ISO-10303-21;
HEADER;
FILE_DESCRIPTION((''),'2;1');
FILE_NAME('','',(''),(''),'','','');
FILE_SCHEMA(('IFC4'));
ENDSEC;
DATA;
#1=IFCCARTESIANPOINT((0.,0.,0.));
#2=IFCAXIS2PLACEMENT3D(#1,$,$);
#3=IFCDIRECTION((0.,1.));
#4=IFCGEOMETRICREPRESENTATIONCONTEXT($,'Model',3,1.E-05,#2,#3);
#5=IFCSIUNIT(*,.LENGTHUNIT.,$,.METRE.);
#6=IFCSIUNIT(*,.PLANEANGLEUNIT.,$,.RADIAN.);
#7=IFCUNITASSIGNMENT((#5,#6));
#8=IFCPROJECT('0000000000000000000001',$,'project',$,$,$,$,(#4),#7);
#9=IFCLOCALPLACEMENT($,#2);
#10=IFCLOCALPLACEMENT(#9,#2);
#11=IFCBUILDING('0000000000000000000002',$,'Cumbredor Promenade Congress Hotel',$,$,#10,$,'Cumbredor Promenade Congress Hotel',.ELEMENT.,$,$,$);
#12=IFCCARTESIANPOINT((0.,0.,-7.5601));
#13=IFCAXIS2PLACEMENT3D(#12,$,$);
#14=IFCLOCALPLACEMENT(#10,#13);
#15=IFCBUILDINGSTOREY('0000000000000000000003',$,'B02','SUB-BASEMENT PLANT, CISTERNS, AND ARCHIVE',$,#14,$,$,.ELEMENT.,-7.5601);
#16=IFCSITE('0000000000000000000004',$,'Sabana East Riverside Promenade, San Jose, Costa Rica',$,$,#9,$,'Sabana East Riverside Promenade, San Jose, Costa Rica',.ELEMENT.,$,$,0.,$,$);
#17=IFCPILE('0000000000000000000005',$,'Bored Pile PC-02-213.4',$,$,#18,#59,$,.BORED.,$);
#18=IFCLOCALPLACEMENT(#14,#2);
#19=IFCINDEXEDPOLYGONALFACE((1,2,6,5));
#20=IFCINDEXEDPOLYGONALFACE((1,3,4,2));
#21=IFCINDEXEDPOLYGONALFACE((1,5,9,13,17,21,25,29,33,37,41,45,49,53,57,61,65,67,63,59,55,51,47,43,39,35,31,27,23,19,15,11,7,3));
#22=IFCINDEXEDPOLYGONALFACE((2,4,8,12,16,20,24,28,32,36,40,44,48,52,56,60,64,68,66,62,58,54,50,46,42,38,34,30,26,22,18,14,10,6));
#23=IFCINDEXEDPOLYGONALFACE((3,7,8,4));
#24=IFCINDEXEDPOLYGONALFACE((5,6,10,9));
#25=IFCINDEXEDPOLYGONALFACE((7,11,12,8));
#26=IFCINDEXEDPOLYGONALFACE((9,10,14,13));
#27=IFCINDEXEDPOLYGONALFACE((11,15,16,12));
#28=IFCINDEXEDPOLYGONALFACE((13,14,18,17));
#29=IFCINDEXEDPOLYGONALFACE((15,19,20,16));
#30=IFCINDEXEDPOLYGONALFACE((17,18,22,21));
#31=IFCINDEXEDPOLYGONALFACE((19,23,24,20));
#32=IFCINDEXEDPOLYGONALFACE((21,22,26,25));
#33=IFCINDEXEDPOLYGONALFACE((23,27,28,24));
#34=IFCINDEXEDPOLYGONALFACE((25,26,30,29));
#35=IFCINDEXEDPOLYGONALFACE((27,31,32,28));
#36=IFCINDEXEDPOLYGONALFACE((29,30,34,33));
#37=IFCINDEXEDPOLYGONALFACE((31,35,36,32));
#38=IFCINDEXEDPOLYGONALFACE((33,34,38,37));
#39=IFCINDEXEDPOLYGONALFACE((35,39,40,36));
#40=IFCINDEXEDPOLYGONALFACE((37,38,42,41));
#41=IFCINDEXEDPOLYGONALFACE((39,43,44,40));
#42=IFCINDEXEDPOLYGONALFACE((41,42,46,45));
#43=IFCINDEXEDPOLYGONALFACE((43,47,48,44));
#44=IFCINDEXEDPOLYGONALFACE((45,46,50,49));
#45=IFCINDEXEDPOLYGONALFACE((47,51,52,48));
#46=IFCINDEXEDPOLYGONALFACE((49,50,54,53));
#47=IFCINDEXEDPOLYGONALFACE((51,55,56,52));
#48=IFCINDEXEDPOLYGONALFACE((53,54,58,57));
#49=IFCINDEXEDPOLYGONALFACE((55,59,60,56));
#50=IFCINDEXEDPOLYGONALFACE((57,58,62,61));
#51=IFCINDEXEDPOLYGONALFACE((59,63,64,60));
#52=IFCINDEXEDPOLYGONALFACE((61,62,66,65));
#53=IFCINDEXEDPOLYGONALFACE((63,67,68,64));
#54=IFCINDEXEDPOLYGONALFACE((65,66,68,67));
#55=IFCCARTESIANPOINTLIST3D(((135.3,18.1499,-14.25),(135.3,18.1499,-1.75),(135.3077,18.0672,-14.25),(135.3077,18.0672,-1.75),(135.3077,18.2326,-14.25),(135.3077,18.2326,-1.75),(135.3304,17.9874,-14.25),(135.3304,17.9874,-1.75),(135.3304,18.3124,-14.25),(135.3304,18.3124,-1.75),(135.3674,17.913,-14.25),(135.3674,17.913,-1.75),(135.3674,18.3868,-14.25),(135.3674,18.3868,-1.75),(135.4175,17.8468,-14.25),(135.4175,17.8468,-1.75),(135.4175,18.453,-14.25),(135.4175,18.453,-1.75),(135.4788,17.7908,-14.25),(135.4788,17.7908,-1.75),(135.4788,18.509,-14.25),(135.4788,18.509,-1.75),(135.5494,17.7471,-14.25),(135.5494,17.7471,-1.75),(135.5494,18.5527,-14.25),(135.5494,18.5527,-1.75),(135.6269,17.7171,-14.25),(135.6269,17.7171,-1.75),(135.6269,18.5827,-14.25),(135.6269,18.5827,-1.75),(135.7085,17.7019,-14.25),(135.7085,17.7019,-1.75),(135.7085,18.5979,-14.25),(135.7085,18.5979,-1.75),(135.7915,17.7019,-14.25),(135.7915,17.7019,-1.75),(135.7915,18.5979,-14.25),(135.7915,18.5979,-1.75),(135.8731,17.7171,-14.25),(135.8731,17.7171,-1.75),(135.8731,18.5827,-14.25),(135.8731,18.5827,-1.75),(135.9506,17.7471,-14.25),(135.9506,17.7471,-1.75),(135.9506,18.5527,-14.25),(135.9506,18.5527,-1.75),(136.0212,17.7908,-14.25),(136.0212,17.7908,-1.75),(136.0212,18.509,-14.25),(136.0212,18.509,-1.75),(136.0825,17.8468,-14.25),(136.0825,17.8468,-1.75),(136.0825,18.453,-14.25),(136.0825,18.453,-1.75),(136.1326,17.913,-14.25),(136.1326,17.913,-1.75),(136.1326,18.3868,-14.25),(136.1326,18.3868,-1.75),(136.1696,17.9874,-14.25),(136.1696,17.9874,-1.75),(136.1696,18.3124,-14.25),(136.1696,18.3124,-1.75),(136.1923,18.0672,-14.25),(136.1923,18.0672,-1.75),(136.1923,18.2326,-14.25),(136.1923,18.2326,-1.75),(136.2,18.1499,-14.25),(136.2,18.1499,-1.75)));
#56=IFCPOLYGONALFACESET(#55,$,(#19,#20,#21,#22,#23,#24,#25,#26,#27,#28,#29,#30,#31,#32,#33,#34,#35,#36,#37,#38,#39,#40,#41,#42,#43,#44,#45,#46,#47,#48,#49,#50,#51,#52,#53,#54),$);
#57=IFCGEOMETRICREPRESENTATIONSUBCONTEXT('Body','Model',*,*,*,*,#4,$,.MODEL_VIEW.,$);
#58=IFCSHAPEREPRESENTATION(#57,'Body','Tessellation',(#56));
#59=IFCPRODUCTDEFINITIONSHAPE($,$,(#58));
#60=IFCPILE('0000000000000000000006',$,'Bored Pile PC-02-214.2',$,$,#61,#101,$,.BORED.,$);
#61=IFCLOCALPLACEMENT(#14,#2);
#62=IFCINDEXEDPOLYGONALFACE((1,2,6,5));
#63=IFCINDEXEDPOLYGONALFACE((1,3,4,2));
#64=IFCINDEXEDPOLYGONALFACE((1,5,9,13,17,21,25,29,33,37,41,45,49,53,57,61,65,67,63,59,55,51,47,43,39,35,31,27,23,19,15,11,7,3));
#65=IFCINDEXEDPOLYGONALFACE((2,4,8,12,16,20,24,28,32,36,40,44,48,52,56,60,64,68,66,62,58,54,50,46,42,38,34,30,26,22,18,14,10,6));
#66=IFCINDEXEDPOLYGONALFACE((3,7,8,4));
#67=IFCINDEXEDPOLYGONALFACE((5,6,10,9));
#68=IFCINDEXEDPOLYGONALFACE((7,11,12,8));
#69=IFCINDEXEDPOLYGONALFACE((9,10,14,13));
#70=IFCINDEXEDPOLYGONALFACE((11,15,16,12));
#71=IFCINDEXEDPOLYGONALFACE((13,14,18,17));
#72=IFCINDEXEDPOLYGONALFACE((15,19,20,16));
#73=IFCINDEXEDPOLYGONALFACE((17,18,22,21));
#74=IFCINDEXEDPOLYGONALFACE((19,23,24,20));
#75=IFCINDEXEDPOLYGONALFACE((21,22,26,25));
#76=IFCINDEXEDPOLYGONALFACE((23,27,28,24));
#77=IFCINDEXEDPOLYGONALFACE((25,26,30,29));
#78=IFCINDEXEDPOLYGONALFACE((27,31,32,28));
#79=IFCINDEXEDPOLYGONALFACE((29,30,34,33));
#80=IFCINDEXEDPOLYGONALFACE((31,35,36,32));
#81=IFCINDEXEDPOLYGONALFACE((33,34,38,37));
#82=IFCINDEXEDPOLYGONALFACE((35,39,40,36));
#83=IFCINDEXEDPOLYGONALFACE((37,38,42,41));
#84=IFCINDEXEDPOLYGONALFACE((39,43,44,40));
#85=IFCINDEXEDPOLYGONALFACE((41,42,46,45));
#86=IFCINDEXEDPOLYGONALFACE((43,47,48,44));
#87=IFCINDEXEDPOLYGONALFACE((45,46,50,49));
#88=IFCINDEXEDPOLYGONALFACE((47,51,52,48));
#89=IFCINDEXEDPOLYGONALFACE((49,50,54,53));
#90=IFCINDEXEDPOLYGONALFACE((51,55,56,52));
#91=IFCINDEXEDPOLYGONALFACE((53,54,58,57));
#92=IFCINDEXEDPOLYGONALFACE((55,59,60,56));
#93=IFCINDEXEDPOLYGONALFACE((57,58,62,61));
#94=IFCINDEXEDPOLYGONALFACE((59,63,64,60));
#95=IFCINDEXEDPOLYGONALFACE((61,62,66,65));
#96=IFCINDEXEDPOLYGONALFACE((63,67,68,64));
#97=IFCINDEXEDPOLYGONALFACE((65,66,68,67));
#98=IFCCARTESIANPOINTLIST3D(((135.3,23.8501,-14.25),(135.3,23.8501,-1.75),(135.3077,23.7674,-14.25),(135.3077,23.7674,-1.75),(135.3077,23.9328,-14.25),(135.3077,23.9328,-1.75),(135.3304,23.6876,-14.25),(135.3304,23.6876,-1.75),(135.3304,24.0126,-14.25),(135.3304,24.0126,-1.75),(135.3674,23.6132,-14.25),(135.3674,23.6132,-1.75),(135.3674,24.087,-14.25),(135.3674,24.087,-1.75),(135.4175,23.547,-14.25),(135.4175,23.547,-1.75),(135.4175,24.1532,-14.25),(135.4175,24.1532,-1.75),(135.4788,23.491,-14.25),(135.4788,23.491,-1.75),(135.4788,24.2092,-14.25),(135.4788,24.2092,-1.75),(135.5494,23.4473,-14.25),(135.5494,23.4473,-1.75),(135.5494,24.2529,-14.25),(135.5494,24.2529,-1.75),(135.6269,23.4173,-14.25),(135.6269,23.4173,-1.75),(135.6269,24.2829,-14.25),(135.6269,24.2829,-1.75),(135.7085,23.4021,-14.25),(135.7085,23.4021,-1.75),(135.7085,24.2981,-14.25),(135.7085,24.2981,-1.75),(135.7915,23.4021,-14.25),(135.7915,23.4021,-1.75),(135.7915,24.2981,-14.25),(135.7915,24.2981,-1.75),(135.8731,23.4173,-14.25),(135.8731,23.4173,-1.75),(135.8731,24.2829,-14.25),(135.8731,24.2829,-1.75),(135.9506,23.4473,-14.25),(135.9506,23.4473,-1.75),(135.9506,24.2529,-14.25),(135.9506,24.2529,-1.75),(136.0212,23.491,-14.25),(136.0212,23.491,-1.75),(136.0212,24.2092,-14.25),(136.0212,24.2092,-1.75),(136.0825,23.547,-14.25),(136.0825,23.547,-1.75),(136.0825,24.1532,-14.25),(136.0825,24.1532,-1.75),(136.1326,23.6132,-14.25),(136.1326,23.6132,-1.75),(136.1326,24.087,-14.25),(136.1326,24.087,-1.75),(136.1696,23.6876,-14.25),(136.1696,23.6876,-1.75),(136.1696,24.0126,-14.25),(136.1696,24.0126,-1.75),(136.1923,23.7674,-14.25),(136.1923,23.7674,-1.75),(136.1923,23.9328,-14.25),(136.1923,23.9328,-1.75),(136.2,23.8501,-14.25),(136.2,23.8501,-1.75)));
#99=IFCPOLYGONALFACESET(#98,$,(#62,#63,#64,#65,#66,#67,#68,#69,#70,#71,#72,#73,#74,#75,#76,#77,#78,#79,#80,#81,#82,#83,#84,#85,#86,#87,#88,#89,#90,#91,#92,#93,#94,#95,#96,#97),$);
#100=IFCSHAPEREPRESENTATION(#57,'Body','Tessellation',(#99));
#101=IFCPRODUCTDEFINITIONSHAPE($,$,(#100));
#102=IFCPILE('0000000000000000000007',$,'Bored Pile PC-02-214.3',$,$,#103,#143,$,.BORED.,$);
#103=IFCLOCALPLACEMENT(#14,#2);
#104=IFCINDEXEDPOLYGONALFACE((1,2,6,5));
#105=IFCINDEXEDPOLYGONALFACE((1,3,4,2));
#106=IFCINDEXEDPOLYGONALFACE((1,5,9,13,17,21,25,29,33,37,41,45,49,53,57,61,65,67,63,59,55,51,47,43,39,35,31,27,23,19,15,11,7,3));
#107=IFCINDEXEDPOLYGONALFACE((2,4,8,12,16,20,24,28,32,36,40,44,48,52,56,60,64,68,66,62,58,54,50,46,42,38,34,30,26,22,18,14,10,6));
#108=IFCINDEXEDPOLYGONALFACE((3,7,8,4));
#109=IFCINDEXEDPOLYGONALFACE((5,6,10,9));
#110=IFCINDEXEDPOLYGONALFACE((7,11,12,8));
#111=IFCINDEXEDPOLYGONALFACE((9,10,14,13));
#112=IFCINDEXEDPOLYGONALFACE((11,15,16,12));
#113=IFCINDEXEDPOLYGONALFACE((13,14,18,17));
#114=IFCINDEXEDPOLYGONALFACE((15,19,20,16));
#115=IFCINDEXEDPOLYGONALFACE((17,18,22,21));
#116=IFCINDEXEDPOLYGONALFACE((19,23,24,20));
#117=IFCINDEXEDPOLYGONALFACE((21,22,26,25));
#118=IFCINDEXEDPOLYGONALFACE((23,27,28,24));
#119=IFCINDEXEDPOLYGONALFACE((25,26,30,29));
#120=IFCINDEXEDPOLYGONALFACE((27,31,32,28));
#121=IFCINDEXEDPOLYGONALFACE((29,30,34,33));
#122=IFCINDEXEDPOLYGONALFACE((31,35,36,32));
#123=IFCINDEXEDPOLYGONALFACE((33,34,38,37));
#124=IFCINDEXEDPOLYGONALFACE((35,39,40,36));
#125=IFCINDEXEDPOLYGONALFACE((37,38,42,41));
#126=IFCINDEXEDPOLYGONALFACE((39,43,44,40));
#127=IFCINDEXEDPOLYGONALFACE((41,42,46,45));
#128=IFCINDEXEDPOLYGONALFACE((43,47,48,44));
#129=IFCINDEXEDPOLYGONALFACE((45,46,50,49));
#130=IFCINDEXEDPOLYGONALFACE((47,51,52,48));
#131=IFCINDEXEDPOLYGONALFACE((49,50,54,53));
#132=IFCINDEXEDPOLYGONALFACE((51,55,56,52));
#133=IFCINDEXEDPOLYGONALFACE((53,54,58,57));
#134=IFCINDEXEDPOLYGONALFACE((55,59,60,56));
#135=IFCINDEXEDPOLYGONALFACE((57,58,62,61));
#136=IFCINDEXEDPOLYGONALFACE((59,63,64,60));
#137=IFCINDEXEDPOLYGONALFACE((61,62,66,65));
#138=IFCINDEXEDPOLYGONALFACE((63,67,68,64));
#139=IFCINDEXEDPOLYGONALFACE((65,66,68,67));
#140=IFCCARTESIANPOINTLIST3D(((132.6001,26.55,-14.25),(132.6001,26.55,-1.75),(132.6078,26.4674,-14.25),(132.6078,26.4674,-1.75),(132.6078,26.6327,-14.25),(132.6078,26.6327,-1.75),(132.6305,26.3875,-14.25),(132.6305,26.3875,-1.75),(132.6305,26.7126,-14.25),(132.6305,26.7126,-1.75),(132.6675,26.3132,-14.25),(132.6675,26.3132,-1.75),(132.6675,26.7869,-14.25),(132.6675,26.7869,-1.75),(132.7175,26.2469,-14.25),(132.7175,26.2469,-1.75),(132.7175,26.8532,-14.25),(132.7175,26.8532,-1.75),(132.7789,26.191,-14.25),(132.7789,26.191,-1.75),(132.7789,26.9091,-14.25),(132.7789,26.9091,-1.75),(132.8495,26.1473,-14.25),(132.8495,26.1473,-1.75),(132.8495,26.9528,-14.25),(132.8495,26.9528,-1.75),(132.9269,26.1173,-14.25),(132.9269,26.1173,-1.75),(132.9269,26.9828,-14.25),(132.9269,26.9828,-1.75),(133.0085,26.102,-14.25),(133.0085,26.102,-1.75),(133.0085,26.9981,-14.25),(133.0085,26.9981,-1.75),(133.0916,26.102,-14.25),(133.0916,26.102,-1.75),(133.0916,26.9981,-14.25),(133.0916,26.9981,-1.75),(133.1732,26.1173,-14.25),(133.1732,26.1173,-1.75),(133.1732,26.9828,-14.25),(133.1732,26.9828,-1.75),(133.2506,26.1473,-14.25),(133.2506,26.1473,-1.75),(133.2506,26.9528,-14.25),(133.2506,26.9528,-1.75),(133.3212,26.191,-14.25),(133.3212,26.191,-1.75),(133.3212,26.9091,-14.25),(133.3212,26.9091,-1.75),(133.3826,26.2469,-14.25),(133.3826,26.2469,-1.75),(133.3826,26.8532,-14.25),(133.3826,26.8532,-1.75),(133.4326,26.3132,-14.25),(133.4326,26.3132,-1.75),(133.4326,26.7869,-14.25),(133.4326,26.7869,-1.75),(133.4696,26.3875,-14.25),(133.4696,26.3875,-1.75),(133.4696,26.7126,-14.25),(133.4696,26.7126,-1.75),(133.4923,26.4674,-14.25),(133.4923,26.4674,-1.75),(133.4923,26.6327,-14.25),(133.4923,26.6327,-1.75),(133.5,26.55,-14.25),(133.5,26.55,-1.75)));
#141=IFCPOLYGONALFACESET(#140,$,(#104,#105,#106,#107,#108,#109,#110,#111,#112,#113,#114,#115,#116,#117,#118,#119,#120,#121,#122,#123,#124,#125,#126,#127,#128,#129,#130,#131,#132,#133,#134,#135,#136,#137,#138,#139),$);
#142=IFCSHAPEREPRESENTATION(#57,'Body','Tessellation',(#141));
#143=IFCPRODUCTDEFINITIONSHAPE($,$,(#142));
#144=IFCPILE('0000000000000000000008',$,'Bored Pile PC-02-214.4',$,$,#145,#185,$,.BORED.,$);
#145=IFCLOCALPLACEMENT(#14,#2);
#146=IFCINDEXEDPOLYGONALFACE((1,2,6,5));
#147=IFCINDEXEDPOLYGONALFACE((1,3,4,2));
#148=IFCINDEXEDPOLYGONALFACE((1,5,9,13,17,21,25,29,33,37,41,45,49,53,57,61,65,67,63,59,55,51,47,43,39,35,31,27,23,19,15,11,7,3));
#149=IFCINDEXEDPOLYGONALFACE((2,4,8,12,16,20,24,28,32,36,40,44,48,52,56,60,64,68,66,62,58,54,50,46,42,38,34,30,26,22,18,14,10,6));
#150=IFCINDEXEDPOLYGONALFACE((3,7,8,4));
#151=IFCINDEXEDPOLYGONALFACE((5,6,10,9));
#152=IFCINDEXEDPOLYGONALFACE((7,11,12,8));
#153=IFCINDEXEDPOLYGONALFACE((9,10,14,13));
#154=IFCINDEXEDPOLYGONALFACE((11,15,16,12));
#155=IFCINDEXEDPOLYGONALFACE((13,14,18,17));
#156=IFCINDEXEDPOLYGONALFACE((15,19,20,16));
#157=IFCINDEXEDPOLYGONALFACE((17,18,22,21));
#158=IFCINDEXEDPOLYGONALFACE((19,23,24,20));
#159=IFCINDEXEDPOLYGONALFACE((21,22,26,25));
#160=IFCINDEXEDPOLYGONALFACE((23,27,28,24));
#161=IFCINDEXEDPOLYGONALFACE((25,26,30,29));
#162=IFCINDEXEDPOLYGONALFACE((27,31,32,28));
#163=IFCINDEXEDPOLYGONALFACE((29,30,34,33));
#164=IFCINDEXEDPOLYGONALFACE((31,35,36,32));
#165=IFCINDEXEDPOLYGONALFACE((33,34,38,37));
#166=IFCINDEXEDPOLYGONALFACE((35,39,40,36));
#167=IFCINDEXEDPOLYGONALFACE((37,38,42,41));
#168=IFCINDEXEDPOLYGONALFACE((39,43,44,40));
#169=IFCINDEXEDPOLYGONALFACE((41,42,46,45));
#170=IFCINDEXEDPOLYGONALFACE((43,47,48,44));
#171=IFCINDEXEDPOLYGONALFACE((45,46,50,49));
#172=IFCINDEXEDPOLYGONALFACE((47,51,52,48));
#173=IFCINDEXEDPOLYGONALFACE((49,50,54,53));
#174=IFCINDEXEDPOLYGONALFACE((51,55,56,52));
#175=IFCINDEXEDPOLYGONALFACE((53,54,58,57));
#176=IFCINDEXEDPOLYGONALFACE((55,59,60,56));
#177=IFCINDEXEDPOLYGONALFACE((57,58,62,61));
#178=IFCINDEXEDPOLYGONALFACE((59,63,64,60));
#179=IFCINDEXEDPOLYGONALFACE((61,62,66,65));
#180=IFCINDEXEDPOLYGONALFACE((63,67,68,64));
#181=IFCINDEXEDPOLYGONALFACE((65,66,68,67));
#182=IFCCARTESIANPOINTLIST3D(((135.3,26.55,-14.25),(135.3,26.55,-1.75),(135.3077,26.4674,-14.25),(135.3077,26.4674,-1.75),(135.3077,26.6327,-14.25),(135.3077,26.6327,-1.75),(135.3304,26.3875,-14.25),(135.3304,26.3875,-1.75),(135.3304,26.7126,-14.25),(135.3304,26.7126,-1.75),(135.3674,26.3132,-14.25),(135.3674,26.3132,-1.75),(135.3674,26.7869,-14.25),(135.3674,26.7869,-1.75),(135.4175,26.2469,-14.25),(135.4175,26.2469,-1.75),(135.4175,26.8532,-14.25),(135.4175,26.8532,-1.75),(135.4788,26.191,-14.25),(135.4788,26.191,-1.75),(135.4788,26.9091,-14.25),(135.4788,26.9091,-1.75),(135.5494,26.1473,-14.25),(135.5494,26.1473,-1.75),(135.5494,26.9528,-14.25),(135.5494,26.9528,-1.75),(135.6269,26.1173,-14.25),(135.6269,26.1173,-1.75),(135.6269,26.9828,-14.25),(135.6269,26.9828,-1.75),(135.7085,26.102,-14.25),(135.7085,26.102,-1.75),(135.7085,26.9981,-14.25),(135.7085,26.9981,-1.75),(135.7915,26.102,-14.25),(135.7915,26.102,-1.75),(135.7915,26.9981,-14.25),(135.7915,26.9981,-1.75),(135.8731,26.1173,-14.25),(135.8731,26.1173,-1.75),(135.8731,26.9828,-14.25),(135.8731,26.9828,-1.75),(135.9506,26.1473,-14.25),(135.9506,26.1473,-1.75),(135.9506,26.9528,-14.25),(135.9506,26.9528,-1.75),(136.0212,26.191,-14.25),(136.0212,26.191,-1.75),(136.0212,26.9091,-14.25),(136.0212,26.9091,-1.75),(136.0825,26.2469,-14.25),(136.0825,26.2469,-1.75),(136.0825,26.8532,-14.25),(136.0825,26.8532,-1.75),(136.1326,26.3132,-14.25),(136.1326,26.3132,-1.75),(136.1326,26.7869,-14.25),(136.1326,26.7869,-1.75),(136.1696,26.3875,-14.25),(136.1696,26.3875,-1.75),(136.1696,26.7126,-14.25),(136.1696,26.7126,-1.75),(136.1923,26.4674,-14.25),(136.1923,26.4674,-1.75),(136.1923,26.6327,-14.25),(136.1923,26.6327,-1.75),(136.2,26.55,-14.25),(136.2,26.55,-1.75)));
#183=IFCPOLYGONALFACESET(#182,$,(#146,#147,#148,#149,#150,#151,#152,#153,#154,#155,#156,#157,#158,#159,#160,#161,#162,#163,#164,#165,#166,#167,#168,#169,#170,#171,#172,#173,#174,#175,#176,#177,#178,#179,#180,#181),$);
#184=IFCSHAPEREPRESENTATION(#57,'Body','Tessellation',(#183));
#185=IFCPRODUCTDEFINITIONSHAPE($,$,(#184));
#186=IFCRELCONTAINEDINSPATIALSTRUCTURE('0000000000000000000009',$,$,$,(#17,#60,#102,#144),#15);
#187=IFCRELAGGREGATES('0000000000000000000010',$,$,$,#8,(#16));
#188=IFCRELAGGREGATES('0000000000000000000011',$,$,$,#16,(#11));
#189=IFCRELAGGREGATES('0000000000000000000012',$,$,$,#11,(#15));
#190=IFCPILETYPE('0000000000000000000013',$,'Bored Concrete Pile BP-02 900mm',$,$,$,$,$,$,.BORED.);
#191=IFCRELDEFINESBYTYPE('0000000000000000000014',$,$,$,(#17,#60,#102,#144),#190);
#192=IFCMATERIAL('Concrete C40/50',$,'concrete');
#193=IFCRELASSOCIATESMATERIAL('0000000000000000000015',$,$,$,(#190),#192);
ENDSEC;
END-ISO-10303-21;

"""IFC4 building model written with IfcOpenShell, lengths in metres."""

from ifc_helpers import new_model, si_unit, direction, frame, origin, origin_2d, place, context, subcontext, project, spatial, circle, extrude, material, material_profile, profile_set, type_object, element, save


model = new_model("IFC4")

# Units and contexts
model_context = context("Model", 3, precision=1e-05, world=origin(), true_north=direction((0.0, 1.0)))
body_context = subcontext(model_context, "Body", "Model", "MODEL_VIEW")
ifc_project = project(units=[si_unit("LENGTHUNIT", "METRE"), si_unit("PLANEANGLEUNIT", "RADIAN")], contexts=[model_context])

# Site, building, storey
site_placement = place(None, origin())
site = spatial("IfcSite", under=ifc_project, at=site_placement, Name="Sabana East Riverside Promenade, San Jose, Costa Rica", LongName="Sabana East Riverside Promenade, San Jose, Costa Rica", CompositionType="ELEMENT", RefElevation=0.0)
building_placement = place(site_placement, origin())
building = spatial("IfcBuilding", under=site, at=building_placement, Name="Cumbredor Promenade Congress Hotel", LongName="Cumbredor Promenade Congress Hotel", CompositionType="ELEMENT")
storey_placement = place(building_placement, frame((0.0, 0.0, -7.5601)))
storey = spatial("IfcBuildingStorey", under=building, at=storey_placement, Name="B02", Description="SUB-BASEMENT PLANT, CISTERNS, AND ARCHIVE", CompositionType="ELEMENT", Elevation=-7.5601)

# Piles
ifc_material_1 = material(Name="Concrete C40/50", Category="concrete")
ifc_material_profile_1 = material_profile(ifc_material_1, circle(Radius=0.45, at=origin_2d()), Name="PILE D900")
ifc_profile_set_1 = profile_set([ifc_material_profile_1], Name="Concrete C40/50")
pile_type = type_object("IfcPileType", Name="Bored Concrete Pile BP-02 900mm", PredefinedType="BORED", material=ifc_profile_set_1)
for number, where, z_axis, x_axis, name in (
    (1, (135.75, 18.1499, -1.75), (0.0, 0.0, -1.0), (1.0, 0.0, 0.0), "Bored Pile PC-02-213.4"),
    (2, (135.75, 23.8501, -1.75), (0.0, 0.0, -1.0), (1.0, 0.0, 0.0), "Bored Pile PC-02-214.2"),
    (3, (133.05, 26.55, -1.75), (0.0, 0.0, -1.0), (1.0, 0.0, 0.0), "Bored Pile PC-02-214.3"),
    (4, (135.75, 26.55, -1.75), (0.0, 0.0, -1.0), (1.0, 0.0, 0.0), "Bored Pile PC-02-214.4"),
):
    element("IfcPile", number, at=place(storey_placement, frame(where, z_axis=z_axis, x_axis=x_axis)), inside=storey, type_object=pile_type, Name=name, PredefinedType="BORED", context=body_context, shape_type="SweptSolid", body=[
        extrude(circle(Radius=0.45, at=origin_2d()), origin(), (0.0, 0.0, 1.0), 12.5),
    ])

save(model, "model.ifc")
